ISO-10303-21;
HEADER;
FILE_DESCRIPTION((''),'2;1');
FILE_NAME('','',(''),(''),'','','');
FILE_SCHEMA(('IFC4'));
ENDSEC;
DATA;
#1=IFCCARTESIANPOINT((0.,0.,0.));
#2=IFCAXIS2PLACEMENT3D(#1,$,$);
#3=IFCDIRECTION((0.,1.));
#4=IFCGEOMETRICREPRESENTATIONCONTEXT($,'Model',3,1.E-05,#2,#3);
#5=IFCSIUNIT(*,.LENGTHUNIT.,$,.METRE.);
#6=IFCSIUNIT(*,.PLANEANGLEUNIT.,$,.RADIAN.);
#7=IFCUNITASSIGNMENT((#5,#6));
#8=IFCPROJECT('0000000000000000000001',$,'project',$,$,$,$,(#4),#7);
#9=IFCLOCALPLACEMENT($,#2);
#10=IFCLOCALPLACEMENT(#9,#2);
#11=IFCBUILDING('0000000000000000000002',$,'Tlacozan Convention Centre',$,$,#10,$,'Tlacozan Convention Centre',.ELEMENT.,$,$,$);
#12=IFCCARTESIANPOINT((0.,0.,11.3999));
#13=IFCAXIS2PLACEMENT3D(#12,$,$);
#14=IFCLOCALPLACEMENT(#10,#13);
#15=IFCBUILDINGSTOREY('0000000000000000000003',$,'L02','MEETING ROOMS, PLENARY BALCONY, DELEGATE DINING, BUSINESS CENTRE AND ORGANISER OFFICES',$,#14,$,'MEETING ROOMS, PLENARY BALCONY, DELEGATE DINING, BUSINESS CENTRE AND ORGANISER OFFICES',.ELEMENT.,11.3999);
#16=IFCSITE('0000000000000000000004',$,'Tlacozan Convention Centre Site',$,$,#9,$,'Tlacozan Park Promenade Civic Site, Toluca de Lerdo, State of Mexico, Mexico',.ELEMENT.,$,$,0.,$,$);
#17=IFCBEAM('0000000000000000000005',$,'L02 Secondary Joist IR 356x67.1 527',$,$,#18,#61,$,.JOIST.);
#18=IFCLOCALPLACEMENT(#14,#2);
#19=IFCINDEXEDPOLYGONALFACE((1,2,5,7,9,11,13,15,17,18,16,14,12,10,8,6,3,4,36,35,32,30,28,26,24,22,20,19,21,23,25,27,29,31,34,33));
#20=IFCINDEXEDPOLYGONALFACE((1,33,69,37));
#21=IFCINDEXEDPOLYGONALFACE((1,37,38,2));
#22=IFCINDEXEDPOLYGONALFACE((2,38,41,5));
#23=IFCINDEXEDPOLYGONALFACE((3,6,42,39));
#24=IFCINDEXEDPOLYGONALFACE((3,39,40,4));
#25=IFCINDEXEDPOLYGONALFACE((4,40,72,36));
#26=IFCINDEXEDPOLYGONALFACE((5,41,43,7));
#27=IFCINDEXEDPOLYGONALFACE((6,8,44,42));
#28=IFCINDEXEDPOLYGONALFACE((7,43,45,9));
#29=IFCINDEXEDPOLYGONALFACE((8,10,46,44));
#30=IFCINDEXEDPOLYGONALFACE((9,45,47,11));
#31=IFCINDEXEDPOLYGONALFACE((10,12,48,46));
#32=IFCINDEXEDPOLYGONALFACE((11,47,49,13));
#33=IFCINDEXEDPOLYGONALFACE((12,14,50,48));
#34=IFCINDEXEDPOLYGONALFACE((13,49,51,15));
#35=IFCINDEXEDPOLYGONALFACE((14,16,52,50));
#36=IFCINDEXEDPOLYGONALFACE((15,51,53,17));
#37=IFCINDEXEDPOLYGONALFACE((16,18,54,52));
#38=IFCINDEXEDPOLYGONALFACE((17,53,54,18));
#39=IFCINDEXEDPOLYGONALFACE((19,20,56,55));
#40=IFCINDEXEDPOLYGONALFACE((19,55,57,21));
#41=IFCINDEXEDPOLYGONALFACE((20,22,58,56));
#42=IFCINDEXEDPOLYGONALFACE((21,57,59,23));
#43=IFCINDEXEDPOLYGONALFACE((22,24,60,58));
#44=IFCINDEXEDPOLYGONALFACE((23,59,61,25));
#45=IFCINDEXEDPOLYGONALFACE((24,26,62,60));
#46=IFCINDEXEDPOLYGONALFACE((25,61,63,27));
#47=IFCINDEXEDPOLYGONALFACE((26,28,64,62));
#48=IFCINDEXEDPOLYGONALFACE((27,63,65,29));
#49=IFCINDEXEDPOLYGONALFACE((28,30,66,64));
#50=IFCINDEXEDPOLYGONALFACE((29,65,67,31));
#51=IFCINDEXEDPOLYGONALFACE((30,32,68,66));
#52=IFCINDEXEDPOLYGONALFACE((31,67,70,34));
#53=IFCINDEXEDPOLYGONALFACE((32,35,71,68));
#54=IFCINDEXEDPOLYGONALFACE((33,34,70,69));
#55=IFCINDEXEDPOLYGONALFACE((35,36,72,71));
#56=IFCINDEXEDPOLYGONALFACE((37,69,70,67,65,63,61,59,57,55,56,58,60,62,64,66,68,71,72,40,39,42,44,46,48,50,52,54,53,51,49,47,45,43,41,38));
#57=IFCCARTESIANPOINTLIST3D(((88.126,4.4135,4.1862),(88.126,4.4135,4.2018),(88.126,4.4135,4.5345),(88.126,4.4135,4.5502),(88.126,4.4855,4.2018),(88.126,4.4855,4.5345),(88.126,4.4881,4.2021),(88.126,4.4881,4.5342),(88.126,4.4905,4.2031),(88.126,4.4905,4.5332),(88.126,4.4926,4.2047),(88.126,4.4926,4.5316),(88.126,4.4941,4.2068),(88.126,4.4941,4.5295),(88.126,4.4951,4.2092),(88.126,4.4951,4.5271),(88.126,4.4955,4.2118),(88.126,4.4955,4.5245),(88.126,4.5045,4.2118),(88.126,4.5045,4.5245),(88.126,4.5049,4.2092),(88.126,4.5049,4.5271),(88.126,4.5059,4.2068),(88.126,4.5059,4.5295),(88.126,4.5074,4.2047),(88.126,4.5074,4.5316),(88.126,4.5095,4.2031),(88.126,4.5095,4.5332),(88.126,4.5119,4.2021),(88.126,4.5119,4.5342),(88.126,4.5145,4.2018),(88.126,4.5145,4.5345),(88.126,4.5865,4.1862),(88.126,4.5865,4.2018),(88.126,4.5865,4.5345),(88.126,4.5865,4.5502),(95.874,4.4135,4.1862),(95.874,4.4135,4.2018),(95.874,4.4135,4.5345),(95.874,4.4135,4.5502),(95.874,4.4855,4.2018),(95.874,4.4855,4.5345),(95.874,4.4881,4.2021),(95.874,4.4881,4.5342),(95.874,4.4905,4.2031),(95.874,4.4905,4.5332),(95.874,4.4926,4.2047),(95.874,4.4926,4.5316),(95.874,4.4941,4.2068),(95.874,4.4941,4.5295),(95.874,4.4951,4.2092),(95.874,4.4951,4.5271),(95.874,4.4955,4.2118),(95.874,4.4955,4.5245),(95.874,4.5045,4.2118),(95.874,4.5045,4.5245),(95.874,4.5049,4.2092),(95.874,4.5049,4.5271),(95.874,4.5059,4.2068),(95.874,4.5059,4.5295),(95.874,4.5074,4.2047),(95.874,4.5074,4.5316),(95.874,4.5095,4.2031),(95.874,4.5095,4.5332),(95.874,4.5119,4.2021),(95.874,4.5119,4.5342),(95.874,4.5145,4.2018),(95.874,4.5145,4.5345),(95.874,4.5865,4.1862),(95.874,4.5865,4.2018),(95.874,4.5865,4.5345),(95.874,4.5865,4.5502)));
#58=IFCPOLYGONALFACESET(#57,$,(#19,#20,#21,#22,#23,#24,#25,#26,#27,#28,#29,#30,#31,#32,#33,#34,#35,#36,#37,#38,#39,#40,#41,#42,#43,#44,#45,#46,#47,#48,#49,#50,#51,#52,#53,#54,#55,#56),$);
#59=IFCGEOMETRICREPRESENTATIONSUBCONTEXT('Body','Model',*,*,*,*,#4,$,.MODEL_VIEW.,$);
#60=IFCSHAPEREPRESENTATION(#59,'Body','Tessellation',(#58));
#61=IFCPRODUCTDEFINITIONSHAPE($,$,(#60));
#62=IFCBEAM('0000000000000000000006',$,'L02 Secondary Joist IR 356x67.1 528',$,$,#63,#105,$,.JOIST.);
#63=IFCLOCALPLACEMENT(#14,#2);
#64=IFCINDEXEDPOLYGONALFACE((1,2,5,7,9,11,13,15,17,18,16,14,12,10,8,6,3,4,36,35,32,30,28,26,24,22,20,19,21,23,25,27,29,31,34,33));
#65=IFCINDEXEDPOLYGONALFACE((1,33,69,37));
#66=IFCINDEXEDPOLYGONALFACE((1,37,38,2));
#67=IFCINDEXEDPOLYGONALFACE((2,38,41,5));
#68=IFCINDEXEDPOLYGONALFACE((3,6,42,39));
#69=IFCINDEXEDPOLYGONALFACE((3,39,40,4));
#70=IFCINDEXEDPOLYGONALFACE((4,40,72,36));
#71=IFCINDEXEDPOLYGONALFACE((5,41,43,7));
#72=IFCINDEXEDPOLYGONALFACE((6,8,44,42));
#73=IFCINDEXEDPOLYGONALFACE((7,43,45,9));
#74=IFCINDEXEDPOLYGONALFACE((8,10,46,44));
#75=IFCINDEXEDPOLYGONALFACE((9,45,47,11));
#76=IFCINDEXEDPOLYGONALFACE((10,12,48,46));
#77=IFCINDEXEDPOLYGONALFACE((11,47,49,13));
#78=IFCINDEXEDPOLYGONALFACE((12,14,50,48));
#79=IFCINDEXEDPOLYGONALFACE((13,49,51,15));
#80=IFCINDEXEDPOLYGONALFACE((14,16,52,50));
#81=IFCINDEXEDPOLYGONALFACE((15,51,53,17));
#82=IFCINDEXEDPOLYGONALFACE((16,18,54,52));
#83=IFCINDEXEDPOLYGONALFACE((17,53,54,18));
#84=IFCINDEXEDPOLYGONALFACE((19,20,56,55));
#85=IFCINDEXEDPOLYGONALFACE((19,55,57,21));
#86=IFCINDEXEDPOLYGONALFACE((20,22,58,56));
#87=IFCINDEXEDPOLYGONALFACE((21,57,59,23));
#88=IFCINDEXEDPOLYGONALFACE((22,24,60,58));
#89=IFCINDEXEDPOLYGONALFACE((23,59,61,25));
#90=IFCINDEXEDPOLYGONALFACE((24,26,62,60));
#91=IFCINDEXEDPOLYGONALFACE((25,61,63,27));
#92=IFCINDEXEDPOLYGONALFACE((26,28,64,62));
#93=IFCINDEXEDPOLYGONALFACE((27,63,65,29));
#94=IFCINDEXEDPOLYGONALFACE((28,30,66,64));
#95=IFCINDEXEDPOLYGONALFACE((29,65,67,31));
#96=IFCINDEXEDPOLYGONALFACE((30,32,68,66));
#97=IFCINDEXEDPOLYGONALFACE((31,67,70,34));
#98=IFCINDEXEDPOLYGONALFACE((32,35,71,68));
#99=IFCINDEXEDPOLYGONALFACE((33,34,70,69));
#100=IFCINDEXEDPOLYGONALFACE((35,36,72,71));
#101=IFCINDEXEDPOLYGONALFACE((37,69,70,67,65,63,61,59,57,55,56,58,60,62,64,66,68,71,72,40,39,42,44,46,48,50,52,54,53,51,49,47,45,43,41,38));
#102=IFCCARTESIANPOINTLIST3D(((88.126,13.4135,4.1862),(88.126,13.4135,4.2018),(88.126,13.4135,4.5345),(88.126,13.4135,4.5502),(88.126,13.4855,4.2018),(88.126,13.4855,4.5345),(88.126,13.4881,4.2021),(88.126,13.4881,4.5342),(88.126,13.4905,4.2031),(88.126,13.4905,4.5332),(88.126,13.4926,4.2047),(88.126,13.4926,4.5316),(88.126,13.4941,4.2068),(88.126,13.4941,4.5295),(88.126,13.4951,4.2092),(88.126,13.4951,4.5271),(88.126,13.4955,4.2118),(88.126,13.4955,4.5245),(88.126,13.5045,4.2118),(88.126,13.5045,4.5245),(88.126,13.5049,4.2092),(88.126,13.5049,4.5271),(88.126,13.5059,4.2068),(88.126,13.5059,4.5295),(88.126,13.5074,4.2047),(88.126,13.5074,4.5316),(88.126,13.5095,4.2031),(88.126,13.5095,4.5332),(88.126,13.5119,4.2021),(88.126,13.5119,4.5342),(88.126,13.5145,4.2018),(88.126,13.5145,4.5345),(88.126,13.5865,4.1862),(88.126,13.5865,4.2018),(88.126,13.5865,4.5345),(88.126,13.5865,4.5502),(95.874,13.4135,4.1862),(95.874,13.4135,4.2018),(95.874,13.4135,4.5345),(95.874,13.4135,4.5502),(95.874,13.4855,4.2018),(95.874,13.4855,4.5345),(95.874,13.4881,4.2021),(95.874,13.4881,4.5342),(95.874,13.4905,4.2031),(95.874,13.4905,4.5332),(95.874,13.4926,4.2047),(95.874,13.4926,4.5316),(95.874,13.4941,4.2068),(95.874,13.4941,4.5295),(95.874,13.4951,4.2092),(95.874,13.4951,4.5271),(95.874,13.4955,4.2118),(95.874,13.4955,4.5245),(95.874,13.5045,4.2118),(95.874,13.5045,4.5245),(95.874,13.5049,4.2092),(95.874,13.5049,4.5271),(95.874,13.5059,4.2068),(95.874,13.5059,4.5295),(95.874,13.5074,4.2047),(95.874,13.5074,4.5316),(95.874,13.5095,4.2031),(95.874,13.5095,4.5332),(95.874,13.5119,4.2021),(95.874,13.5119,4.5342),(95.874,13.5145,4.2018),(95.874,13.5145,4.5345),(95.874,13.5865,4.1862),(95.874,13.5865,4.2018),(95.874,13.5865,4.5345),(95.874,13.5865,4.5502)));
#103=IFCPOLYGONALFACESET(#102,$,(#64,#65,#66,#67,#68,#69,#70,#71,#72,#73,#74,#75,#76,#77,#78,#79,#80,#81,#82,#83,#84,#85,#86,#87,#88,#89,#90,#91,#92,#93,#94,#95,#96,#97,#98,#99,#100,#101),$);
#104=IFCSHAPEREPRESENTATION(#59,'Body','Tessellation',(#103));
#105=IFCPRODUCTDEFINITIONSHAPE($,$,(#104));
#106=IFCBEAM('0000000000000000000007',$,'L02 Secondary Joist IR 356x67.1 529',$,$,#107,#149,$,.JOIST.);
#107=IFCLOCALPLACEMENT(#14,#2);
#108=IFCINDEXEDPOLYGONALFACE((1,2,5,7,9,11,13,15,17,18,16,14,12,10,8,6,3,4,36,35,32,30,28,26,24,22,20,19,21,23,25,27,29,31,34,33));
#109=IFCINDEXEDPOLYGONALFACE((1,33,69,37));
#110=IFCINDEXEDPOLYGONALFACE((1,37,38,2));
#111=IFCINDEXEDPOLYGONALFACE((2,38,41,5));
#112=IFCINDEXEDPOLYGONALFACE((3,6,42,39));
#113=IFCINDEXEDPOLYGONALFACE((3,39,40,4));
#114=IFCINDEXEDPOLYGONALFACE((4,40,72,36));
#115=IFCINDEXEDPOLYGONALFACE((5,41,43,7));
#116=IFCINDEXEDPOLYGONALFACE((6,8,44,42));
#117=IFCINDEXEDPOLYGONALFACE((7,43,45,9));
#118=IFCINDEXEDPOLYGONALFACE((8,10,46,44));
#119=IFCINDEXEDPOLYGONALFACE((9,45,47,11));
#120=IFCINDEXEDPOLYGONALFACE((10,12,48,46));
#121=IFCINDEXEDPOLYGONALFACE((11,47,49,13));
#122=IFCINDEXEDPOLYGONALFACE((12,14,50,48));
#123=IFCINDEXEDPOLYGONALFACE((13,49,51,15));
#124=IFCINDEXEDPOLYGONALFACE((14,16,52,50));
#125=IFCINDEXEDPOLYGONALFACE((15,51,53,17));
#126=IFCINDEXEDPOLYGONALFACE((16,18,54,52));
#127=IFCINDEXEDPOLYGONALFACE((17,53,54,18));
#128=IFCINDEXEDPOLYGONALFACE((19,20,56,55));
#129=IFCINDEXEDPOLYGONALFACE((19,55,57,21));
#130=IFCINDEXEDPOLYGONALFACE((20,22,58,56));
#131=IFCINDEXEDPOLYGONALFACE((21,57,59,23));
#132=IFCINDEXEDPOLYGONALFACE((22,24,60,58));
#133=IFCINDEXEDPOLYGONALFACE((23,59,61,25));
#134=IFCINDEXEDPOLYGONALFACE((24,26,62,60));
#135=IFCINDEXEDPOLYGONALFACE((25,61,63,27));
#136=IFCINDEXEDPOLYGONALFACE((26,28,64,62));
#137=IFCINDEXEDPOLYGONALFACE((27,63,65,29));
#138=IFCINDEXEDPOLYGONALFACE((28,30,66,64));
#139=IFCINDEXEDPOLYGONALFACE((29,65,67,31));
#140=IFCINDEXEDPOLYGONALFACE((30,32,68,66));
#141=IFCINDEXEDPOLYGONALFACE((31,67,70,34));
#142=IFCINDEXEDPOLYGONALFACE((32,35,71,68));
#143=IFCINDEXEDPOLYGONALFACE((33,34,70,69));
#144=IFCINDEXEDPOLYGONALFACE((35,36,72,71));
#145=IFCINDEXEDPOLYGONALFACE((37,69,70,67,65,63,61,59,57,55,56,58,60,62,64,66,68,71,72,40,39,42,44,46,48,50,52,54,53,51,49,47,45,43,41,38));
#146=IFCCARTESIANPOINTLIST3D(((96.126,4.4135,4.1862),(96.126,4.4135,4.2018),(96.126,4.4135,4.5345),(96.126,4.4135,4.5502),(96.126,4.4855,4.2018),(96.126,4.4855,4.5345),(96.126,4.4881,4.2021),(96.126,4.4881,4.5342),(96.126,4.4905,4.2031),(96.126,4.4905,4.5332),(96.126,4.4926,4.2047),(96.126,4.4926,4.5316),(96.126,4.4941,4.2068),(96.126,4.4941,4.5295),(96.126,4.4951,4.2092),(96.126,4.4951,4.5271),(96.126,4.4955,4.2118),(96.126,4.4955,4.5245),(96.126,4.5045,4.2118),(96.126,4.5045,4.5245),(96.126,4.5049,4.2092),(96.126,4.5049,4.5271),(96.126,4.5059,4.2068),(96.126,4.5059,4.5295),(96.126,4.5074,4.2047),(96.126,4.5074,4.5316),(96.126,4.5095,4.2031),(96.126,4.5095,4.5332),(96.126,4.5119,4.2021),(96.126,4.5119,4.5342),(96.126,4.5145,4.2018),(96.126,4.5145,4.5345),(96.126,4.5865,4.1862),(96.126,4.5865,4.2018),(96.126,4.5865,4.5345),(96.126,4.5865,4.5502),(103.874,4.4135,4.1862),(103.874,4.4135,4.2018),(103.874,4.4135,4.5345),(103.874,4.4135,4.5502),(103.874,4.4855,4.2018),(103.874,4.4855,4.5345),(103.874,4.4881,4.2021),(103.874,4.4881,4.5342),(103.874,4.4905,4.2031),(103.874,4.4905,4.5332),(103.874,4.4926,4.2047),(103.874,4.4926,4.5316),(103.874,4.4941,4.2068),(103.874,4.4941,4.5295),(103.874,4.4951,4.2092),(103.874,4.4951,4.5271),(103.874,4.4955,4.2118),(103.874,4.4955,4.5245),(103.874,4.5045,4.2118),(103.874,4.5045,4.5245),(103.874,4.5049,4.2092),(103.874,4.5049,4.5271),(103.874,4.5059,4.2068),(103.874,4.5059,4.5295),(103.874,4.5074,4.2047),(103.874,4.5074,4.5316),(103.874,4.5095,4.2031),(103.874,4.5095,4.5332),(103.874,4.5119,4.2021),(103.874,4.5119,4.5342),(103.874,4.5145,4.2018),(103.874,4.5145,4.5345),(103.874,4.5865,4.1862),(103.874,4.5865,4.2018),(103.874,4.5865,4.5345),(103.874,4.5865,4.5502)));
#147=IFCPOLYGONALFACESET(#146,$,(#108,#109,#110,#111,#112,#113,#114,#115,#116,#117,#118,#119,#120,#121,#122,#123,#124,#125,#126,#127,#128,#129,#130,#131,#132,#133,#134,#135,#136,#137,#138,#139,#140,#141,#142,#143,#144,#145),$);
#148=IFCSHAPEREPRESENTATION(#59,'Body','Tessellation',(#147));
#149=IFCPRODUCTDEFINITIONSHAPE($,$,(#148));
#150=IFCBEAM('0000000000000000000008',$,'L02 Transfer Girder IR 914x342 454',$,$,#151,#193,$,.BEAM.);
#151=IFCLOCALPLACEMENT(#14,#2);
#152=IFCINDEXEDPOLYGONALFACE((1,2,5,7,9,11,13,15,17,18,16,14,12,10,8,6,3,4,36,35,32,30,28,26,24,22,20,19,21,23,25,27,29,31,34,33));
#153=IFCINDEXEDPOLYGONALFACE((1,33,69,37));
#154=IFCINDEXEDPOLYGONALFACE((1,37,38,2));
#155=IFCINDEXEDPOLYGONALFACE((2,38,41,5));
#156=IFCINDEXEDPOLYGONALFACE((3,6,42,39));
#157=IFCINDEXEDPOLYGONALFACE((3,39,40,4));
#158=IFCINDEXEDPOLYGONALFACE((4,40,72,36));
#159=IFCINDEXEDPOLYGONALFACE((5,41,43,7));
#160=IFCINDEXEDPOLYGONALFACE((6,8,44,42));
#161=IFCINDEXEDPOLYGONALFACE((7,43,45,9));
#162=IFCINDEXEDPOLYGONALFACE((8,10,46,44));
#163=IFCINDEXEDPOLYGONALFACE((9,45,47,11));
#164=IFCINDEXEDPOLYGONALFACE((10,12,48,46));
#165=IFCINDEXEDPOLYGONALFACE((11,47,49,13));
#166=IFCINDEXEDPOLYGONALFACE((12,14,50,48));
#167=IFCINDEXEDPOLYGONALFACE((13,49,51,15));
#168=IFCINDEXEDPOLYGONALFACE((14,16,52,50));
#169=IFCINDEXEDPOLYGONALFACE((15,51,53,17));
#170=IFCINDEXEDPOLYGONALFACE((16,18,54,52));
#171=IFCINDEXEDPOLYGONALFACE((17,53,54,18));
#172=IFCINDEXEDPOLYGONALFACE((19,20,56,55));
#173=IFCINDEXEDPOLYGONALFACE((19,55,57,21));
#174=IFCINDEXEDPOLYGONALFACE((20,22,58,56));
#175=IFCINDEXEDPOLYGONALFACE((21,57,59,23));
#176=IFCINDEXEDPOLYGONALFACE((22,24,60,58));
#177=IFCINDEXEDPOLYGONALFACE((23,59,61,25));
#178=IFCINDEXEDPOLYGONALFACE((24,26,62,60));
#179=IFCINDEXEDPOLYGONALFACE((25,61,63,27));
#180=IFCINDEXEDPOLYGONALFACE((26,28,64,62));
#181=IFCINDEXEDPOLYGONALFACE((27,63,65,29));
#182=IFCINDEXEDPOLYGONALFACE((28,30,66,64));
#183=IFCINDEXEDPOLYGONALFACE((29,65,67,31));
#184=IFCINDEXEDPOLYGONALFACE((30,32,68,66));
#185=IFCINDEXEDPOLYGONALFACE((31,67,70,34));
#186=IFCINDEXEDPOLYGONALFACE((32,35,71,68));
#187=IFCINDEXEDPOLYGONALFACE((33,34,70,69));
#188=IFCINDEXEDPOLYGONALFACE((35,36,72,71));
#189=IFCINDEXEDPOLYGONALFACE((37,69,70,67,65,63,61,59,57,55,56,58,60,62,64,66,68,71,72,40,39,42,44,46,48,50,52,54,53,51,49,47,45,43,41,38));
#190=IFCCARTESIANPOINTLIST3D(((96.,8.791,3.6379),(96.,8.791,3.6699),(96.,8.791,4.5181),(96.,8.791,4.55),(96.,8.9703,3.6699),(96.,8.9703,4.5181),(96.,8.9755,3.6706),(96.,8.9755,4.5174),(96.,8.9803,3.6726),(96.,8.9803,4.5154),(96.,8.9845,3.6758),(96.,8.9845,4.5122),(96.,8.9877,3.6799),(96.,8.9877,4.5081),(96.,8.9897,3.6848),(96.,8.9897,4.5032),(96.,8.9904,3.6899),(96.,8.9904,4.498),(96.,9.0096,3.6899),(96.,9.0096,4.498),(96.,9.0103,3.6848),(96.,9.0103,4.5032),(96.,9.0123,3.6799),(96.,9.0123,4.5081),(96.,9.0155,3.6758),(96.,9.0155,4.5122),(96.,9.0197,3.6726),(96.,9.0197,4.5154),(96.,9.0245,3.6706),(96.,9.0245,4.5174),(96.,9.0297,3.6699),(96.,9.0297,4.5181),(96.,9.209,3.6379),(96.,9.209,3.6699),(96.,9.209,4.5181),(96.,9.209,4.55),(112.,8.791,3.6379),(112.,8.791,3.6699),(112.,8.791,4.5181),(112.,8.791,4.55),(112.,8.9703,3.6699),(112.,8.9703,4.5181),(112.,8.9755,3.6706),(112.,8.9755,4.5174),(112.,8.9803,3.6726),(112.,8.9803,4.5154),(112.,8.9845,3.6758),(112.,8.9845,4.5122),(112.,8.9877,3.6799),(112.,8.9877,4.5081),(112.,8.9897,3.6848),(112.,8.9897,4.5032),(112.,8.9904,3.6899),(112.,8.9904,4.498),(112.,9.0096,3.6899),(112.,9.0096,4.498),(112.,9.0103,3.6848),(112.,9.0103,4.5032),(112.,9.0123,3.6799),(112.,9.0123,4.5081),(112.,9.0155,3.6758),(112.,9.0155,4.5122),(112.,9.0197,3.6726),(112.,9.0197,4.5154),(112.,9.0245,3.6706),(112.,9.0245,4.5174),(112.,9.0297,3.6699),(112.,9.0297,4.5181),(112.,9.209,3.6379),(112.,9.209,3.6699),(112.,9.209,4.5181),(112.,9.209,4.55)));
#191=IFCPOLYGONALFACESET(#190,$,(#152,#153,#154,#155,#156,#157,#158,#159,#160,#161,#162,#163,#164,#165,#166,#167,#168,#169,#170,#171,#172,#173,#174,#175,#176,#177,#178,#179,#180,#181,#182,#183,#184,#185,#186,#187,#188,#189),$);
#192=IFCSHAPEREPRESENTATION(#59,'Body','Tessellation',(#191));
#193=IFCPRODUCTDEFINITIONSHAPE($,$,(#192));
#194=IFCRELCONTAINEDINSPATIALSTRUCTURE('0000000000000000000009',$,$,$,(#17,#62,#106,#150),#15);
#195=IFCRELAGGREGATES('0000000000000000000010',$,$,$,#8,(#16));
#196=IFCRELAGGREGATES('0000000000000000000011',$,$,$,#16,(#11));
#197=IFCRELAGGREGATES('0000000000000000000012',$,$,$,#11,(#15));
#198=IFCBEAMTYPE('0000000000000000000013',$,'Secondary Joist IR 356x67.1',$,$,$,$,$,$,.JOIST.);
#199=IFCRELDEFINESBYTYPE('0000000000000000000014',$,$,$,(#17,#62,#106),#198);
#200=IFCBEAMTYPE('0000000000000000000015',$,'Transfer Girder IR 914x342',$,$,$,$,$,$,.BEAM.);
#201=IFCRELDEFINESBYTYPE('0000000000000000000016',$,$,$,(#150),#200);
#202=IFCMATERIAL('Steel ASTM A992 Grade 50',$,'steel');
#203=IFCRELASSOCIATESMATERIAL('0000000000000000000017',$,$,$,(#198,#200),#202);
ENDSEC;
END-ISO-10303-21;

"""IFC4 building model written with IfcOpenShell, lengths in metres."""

from ifc_helpers import new_model, si_unit, direction, frame, origin, origin_2d, place, context, subcontext, project, spatial, i_section, extrude, material, material_profile, profile_set, type_object, element, save


model = new_model("IFC4")

# Units and contexts
model_context = context("Model", 3, precision=1e-05, world=origin(), true_north=direction((0.0, 1.0)))
body_context = subcontext(model_context, "Body", "Model", "MODEL_VIEW")
ifc_project = project(units=[si_unit("LENGTHUNIT", "METRE"), si_unit("PLANEANGLEUNIT", "RADIAN")], contexts=[model_context])

# Site, building, storey
site_placement = place(None, origin())
site = spatial("IfcSite", under=ifc_project, at=site_placement, Name="Tlacozan Convention Centre Site", LongName="Tlacozan Park Promenade Civic Site, Toluca de Lerdo, State of Mexico, Mexico", CompositionType="ELEMENT", RefElevation=0.0)
building_placement = place(site_placement, origin())
building = spatial("IfcBuilding", under=site, at=building_placement, Name="Tlacozan Convention Centre", LongName="Tlacozan Convention Centre", CompositionType="ELEMENT")
storey_placement = place(building_placement, frame((0.0, 0.0, 11.3999)))
storey = spatial("IfcBuildingStorey", under=building, at=storey_placement, Name="L02", Description="MEETING ROOMS, PLENARY BALCONY, DELEGATE DINING, BUSINESS CENTRE AND ORGANISER OFFICES", LongName="MEETING ROOMS, PLENARY BALCONY, DELEGATE DINING, BUSINESS CENTRE AND ORGANISER OFFICES", CompositionType="ELEMENT", Elevation=11.3999)

# Beams
ifc_material_1 = material(Name="Steel ASTM A992 Grade 50", Category="steel")
ifc_material_profile_1 = material_profile(ifc_material_1, i_section(OverallWidth=0.1731, OverallDepth=0.364, WebThickness=0.009, FlangeThickness=0.0156, FilletRadius=0.01, at=origin_2d()), Name="IR 356x67.1")
ifc_profile_set_1 = profile_set([ifc_material_profile_1], Name="Steel ASTM A992 Grade 50")
beam_type_1 = type_object("IfcBeamType", Name="Secondary Joist IR 356x67.1", PredefinedType="JOIST", material=ifc_profile_set_1)
for number, where, z_axis, x_axis, name in (
    (1, (88.126, 4.5, 4.3682), (1.0, 0.0, 0.0), (0.0, 1.0, 0.0), "L02 Secondary Joist IR 356x67.1 527"),
    (2, (88.126, 13.5, 4.3682), (1.0, 0.0, 0.0), (0.0, 1.0, 0.0), "L02 Secondary Joist IR 356x67.1 528"),
    (3, (96.126, 4.5, 4.3682), (1.0, 0.0, 0.0), (0.0, 1.0, 0.0), "L02 Secondary Joist IR 356x67.1 529"),
):
    element("IfcBeam", number, at=place(storey_placement, frame(where, z_axis=z_axis, x_axis=x_axis)), inside=storey, type_object=beam_type_1, Name=name, PredefinedType="JOIST", context=body_context, shape_type="SweptSolid", body=[
        extrude(i_section(OverallWidth=0.1731, OverallDepth=0.364, WebThickness=0.009, FlangeThickness=0.0156, FilletRadius=0.01, at=origin_2d()), origin(), (0.0, 0.0, 1.0), 7.748),
    ])
ifc_material_profile_2 = material_profile(ifc_material_1, i_section(OverallWidth=0.418, OverallDepth=0.9121, WebThickness=0.0193, FlangeThickness=0.032, FilletRadius=0.02, at=origin_2d()), Name="IR 914x342.0")
ifc_profile_set_2 = profile_set([ifc_material_profile_2], Name="Steel ASTM A992 Grade 50")
beam_type_2 = type_object("IfcBeamType", Name="Transfer Girder IR 914x342", PredefinedType="BEAM", material=ifc_profile_set_2)
beam_1_placement = place(storey_placement, frame((96.0, 9.0, 4.094), z_axis=(1.0, 0.0, 0.0), x_axis=(0.0, 1.0, 0.0)))
element("IfcBeam", 4, at=beam_1_placement, inside=storey, type_object=beam_type_2, Name="L02 Transfer Girder IR 914x342 454", PredefinedType="BEAM", context=body_context, shape_type="SweptSolid", body=[
    extrude(i_section(OverallWidth=0.418, OverallDepth=0.9121, WebThickness=0.0193, FlangeThickness=0.032, FilletRadius=0.02, at=origin_2d()), origin(), (0.0, 0.0, 1.0), 16.0),
])

save(model, "model.ifc")
